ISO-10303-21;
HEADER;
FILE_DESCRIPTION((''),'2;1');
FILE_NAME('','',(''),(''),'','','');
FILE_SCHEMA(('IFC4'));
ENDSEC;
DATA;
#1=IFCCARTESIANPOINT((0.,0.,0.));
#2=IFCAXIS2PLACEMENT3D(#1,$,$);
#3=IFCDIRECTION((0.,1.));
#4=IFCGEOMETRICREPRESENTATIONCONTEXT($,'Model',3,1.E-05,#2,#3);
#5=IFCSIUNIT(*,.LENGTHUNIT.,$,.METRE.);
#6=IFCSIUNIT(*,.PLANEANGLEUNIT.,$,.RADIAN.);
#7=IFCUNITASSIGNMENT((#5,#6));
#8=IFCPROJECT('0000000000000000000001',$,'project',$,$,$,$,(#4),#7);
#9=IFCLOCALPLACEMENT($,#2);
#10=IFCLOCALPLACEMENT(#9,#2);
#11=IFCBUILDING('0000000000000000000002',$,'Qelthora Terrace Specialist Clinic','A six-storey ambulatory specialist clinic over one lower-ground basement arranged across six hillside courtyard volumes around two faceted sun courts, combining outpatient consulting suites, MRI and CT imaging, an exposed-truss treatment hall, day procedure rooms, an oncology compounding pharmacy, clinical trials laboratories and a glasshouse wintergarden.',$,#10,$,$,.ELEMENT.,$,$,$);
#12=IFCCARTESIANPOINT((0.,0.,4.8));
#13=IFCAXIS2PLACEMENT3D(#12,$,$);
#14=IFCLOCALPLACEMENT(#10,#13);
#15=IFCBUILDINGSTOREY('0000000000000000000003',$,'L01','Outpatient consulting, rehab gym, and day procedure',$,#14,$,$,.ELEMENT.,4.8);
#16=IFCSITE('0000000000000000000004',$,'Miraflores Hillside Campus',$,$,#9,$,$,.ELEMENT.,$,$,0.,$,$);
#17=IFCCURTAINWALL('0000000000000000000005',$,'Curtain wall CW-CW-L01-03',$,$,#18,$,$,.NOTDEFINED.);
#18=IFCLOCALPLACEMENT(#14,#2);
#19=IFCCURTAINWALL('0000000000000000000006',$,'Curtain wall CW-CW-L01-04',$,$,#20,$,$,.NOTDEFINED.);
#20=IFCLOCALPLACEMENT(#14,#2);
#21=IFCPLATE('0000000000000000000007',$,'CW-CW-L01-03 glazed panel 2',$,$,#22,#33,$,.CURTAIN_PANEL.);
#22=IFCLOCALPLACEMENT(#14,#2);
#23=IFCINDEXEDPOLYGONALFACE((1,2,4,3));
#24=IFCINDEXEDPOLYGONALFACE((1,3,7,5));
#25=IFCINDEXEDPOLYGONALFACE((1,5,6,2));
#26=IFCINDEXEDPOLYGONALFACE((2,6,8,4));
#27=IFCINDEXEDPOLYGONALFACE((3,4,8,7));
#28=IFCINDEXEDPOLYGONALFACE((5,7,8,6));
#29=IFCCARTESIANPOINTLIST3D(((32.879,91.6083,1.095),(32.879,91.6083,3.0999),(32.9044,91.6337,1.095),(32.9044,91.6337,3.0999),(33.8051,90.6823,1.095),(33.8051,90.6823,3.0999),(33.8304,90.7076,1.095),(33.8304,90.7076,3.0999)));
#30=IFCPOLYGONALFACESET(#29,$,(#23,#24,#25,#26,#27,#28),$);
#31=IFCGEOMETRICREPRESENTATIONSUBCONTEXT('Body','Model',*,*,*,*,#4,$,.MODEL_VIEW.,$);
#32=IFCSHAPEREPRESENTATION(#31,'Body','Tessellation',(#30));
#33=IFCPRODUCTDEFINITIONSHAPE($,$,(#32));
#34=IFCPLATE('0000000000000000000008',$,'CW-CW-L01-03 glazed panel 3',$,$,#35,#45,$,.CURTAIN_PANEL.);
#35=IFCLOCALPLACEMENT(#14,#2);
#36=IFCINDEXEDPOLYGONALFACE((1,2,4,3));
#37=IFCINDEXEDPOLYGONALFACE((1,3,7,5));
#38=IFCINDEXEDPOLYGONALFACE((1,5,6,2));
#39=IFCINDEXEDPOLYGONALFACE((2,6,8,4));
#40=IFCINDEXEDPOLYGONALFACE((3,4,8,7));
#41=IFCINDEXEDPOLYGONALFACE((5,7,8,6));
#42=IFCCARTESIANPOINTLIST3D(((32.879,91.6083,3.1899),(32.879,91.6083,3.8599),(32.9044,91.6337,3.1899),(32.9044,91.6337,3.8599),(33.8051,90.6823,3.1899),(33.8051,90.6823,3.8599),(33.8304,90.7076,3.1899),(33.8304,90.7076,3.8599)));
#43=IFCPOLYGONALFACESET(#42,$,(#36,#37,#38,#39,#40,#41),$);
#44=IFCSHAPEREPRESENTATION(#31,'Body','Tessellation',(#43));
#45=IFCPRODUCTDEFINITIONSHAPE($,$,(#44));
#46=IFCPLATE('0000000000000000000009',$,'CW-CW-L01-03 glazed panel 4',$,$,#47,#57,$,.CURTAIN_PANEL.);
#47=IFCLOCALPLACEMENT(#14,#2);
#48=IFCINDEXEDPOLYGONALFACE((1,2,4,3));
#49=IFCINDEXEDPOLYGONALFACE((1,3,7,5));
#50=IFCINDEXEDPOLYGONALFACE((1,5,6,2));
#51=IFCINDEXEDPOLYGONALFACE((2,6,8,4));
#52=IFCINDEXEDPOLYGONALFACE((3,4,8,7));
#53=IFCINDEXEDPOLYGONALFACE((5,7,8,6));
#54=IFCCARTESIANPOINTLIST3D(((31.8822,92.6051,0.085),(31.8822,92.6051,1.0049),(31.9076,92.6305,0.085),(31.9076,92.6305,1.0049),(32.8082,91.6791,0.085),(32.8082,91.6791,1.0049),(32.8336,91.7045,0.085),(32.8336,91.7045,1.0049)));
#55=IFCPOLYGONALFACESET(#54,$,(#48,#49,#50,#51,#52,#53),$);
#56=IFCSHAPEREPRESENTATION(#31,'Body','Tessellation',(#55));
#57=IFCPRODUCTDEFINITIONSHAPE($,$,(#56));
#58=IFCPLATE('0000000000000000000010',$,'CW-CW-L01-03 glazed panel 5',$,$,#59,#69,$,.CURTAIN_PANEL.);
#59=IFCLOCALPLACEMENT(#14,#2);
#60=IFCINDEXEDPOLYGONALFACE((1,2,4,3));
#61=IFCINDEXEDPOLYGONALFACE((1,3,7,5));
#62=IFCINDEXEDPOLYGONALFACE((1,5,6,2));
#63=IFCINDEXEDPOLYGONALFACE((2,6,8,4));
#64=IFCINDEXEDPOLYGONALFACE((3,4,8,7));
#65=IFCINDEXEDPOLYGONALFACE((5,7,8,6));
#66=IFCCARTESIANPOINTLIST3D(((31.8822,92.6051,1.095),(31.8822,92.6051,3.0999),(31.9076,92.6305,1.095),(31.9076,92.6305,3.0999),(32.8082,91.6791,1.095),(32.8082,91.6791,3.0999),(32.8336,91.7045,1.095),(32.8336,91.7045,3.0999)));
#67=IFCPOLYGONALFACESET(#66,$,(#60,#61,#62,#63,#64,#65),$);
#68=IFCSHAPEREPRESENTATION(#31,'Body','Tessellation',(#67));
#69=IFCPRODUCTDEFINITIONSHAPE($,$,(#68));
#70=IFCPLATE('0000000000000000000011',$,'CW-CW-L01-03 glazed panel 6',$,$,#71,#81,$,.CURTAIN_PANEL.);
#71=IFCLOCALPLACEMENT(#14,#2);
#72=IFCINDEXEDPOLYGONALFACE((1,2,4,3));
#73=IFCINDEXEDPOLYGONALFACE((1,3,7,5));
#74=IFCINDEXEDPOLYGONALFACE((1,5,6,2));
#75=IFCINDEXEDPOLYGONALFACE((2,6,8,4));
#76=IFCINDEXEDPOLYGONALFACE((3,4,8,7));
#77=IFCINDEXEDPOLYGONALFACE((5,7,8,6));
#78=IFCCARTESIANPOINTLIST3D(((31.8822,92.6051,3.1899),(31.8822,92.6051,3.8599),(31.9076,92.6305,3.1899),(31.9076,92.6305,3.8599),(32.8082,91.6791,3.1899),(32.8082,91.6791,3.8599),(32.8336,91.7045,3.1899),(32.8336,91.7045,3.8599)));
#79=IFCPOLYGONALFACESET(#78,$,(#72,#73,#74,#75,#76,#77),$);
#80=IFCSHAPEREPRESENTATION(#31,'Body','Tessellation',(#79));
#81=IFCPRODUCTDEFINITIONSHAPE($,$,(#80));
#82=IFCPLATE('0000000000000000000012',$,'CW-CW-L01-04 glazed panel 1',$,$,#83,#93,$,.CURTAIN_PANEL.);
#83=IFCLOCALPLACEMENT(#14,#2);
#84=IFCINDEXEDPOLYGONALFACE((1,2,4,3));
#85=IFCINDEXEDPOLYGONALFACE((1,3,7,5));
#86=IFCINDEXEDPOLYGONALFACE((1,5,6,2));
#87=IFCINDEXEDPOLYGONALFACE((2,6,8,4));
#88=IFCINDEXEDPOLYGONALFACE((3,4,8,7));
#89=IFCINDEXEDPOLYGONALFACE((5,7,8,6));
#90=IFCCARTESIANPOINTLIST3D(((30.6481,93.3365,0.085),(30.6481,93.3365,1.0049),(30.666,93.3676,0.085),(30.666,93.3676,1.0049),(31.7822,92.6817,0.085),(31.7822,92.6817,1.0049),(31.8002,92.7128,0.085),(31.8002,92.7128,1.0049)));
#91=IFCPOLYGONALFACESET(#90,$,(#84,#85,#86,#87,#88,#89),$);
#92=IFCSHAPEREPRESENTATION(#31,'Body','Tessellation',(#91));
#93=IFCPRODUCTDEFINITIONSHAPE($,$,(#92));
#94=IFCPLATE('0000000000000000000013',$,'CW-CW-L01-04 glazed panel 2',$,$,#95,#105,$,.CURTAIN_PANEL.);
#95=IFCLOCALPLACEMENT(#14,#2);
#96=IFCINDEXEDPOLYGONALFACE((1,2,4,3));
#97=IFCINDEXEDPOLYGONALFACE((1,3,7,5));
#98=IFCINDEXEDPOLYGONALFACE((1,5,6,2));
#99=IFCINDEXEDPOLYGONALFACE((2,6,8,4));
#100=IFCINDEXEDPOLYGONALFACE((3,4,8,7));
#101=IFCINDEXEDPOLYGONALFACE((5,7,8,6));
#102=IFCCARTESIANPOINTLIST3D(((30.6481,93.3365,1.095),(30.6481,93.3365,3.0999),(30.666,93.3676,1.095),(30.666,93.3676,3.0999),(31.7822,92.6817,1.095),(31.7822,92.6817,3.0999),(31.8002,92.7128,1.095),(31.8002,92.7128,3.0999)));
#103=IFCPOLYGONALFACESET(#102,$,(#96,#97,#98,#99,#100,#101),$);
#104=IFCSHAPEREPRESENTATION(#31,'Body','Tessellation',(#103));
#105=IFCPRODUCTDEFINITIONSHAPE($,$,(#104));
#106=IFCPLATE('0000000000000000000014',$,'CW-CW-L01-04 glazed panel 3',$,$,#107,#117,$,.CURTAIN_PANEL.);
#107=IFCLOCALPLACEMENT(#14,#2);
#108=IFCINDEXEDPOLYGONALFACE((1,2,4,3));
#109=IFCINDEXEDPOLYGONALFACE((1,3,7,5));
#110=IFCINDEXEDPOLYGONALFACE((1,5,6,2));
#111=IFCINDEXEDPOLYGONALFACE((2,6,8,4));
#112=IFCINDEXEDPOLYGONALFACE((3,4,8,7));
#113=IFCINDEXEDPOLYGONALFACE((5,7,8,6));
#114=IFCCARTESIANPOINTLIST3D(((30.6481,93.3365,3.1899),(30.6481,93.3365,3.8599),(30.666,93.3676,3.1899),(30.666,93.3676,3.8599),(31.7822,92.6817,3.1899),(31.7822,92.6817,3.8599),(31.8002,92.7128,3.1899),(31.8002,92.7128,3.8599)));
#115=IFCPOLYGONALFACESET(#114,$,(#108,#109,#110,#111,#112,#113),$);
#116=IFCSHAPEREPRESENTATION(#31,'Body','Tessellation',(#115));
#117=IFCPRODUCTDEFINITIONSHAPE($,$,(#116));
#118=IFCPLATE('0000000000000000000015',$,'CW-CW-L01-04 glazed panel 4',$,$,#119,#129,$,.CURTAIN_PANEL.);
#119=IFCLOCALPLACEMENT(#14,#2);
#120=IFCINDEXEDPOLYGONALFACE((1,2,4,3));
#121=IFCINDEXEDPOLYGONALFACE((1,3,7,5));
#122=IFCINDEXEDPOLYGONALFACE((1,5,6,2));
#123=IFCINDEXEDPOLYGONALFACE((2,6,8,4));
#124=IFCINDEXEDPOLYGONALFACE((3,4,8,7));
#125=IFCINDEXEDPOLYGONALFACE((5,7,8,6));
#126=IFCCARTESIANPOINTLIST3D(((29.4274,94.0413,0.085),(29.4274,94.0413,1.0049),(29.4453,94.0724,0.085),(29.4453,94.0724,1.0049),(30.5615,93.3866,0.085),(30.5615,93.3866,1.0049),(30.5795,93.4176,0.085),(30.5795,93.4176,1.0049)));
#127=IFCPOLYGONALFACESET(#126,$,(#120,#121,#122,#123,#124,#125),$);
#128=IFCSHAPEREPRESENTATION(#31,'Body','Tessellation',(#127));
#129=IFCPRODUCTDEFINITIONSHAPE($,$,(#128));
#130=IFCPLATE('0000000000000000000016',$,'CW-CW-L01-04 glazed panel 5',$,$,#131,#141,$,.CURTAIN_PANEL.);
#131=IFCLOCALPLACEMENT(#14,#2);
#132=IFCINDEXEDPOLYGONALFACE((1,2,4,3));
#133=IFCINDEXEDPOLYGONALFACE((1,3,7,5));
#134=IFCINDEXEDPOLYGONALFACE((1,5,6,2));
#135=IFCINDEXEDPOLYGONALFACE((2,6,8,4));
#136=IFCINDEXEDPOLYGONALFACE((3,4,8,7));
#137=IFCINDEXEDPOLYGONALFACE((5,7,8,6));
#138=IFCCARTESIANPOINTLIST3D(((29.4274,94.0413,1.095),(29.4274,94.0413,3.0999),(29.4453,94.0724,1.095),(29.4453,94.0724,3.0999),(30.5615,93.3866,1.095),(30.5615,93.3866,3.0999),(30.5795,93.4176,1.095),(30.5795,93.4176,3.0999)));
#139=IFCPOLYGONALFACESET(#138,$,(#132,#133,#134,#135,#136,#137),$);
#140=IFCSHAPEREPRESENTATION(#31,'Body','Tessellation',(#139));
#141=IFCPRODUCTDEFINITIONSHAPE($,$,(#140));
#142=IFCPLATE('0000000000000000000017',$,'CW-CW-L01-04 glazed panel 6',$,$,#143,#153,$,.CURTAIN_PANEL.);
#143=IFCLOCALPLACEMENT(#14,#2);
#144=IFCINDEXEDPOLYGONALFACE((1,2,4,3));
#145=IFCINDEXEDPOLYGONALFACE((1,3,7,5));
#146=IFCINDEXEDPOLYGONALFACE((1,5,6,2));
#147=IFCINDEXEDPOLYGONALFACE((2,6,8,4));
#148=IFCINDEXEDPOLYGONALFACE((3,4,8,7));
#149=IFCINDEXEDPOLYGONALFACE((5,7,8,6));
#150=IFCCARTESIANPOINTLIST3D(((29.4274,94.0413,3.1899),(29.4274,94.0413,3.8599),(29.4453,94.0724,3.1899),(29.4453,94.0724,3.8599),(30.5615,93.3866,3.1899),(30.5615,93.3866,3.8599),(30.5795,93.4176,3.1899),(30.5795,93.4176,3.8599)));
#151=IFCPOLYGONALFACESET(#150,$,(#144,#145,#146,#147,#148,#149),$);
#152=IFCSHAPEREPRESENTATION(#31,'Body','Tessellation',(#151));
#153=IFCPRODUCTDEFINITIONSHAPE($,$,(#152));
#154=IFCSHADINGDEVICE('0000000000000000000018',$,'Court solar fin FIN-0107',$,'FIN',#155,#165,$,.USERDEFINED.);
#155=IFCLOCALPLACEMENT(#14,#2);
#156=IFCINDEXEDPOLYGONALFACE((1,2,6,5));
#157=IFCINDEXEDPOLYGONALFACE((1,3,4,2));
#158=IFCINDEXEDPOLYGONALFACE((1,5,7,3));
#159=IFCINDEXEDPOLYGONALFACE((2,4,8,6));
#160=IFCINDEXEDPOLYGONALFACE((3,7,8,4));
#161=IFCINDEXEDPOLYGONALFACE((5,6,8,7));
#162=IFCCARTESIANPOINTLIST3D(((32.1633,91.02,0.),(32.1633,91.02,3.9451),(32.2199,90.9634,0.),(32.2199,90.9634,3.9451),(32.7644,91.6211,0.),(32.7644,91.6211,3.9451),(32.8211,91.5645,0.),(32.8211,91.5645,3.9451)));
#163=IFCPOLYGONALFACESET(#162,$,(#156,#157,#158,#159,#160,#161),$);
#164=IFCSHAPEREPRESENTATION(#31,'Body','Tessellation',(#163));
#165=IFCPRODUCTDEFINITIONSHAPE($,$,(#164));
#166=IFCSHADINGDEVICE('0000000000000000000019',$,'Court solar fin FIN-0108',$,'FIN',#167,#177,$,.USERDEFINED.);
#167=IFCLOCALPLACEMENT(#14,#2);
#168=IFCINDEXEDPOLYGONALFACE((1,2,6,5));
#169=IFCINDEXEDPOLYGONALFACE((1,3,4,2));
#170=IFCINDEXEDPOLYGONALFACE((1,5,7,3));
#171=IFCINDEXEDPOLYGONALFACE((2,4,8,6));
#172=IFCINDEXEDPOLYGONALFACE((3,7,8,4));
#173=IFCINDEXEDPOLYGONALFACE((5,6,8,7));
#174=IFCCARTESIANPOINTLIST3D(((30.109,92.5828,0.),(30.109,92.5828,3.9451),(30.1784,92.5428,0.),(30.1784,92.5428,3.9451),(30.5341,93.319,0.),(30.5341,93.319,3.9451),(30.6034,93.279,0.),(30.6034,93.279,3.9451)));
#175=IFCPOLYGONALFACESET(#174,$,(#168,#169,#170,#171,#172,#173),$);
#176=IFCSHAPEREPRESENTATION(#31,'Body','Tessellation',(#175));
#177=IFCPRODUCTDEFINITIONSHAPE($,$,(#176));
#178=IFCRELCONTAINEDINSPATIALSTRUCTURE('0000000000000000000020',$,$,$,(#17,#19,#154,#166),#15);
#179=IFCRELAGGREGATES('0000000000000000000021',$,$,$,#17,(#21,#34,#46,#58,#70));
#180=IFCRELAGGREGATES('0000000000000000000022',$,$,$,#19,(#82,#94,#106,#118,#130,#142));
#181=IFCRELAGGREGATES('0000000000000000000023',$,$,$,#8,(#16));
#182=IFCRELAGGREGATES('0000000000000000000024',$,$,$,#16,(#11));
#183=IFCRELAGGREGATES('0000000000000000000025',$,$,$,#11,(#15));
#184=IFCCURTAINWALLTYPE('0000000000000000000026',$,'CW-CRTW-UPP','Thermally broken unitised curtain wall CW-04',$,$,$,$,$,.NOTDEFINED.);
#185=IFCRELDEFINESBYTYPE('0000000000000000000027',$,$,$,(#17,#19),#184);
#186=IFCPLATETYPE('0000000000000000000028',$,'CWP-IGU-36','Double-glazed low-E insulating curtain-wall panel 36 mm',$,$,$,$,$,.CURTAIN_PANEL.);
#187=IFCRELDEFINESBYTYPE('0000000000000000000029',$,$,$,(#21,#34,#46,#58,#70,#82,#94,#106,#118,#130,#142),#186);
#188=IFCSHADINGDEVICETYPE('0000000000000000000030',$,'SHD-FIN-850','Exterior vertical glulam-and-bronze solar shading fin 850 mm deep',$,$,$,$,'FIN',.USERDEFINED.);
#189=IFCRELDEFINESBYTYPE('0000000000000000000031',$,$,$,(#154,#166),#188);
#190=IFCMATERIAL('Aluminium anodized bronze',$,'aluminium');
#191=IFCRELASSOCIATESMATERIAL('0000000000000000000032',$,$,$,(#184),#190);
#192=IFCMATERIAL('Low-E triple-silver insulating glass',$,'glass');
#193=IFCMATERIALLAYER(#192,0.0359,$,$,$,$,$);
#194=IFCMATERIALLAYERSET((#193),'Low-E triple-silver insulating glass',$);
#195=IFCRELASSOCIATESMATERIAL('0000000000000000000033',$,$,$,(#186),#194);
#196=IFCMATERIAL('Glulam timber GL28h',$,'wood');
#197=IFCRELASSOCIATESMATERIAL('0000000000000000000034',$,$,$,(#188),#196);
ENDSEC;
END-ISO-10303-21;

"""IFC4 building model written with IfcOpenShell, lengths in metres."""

from ifc_helpers import new_model, si_unit, direction, frame, origin, origin_2d, place, context, subcontext, project, spatial, rectangle, extrude, material, layer, layer_set, type_object, element, aggregate, save


model = new_model("IFC4")

# Units and contexts
model_context = context("Model", 3, precision=1e-05, world=origin(), true_north=direction((0.0, 1.0)))
body_context = subcontext(model_context, "Body", "Model", "MODEL_VIEW")
ifc_project = project(units=[si_unit("LENGTHUNIT", "METRE"), si_unit("PLANEANGLEUNIT", "RADIAN")], contexts=[model_context])

# Site, building, storey
site_placement = place(None, origin())
site = spatial("IfcSite", under=ifc_project, at=site_placement, Name="Miraflores Hillside Campus", CompositionType="ELEMENT", RefElevation=0.0)
building_placement = place(site_placement, origin())
building = spatial("IfcBuilding", under=site, at=building_placement, Name="Qelthora Terrace Specialist Clinic", Description="A six-storey ambulatory specialist clinic over one lower-ground basement arranged across six hillside courtyard volumes around two faceted sun courts, combining outpatient consulting suites, MRI and CT imaging, an exposed-truss treatment hall, day procedure rooms, an oncology compounding pharmacy, clinical trials laboratories and a glasshouse wintergarden.", CompositionType="ELEMENT")
storey_placement = place(building_placement, frame((0.0, 0.0, 4.8)))
storey = spatial("IfcBuildingStorey", under=building, at=storey_placement, Name="L01", Description="Outpatient consulting, rehab gym, and day procedure", CompositionType="ELEMENT", Elevation=4.8)

# Curtain walls
ifc_material_1 = material(Name="Aluminium anodized bronze", Category="aluminium")
curtain_wall_type = type_object("IfcCurtainWallType", Name="CW-CRTW-UPP", Description="Thermally broken unitised curtain wall CW-04", PredefinedType="NOTDEFINED", material=ifc_material_1)
curtain_wall_1_placement = place(storey_placement, origin())
curtain_wall_1 = element("IfcCurtainWall", 1, at=curtain_wall_1_placement, inside=storey, type_object=curtain_wall_type, Name="Curtain wall CW-CW-L01-03", PredefinedType="NOTDEFINED")
curtain_wall_2_placement = place(storey_placement, origin())
curtain_wall_2 = element("IfcCurtainWall", 2, at=curtain_wall_2_placement, inside=storey, type_object=curtain_wall_type, Name="Curtain wall CW-CW-L01-04", PredefinedType="NOTDEFINED")

# Plates
ifc_material_2 = material(Name="Low-E triple-silver insulating glass", Category="glass")
ifc_layer = layer(ifc_material_2, 0.0359)
ifc_layer_set = layer_set([ifc_layer], Name="Low-E triple-silver insulating glass")
plate_type = type_object("IfcPlateType", Name="CWP-IGU-36", Description="Double-glazed low-E insulating curtain-wall panel 36 mm", PredefinedType="CURTAIN_PANEL", material=ifc_layer_set)
plate_1_placement = place(storey_placement, frame((33.3547, 91.158, 1.095), z_axis=(0.0, 0.0, 1.0), x_axis=(-0.707107, 0.707107, 0.0)))
plate_1 = element("IfcPlate", 3, at=plate_1_placement, type_object=plate_type, Name="CW-CW-L01-03 glazed panel 2", PredefinedType="CURTAIN_PANEL", context=body_context, shape_type="SweptSolid", body=[
    extrude(rectangle(XDim=1.3096, YDim=0.0359, at=origin_2d()), origin(), (0.0, 0.0, 1.0), 2.0049),
])
plate_2_placement = place(storey_placement, frame((33.3547, 91.158, 3.1899), z_axis=(0.0, 0.0, 1.0), x_axis=(-0.707107, 0.707107, 0.0)))
plate_2 = element("IfcPlate", 4, at=plate_2_placement, type_object=plate_type, Name="CW-CW-L01-03 glazed panel 3", PredefinedType="CURTAIN_PANEL", context=body_context, shape_type="SweptSolid", body=[
    extrude(rectangle(XDim=1.3096, YDim=0.0359, at=origin_2d()), origin(), (0.0, 0.0, 1.0), 0.6699),
])
plate_3_placement = place(storey_placement, frame((32.3579, 92.1548, 0.085), z_axis=(0.0, 0.0, 1.0), x_axis=(-0.707107, 0.707107, 0.0)))
plate_3 = element("IfcPlate", 5, at=plate_3_placement, type_object=plate_type, Name="CW-CW-L01-03 glazed panel 4", PredefinedType="CURTAIN_PANEL", context=body_context, shape_type="SweptSolid", body=[
    extrude(rectangle(XDim=1.3096, YDim=0.0359, at=origin_2d()), origin(), (0.0, 0.0, 1.0), 0.9199),
])
plate_4_placement = place(storey_placement, frame((32.3579, 92.1548, 1.095), z_axis=(0.0, 0.0, 1.0), x_axis=(-0.707107, 0.707107, 0.0)))
plate_4 = element("IfcPlate", 6, at=plate_4_placement, type_object=plate_type, Name="CW-CW-L01-03 glazed panel 5", PredefinedType="CURTAIN_PANEL", context=body_context, shape_type="SweptSolid", body=[
    extrude(rectangle(XDim=1.3096, YDim=0.0359, at=origin_2d()), origin(), (0.0, 0.0, 1.0), 2.0049),
])
plate_5_placement = place(storey_placement, frame((32.3579, 92.1548, 3.1899), z_axis=(0.0, 0.0, 1.0), x_axis=(-0.707107, 0.707107, 0.0)))
plate_5 = element("IfcPlate", 7, at=plate_5_placement, type_object=plate_type, Name="CW-CW-L01-03 glazed panel 6", PredefinedType="CURTAIN_PANEL", context=body_context, shape_type="SweptSolid", body=[
    extrude(rectangle(XDim=1.3096, YDim=0.0359, at=origin_2d()), origin(), (0.0, 0.0, 1.0), 0.6699),
])
aggregate(curtain_wall_1, [plate_1, plate_2, plate_3, plate_4, plate_5])
plate_6_placement = place(storey_placement, frame((31.2241, 93.0247, 0.085), z_axis=(0.0, 0.0, 1.0), x_axis=(-0.866025, 0.5, 0.0)))
plate_6 = element("IfcPlate", 8, at=plate_6_placement, type_object=plate_type, Name="CW-CW-L01-04 glazed panel 1", PredefinedType="CURTAIN_PANEL", context=body_context, shape_type="SweptSolid", body=[
    extrude(rectangle(XDim=1.3096, YDim=0.0359, at=origin_2d()), origin(), (0.0, 0.0, 1.0), 0.9199),
])
plate_7_placement = place(storey_placement, frame((31.2241, 93.0247, 1.095), z_axis=(0.0, 0.0, 1.0), x_axis=(-0.866025, 0.5, 0.0)))
plate_7 = element("IfcPlate", 9, at=plate_7_placement, type_object=plate_type, Name="CW-CW-L01-04 glazed panel 2", PredefinedType="CURTAIN_PANEL", context=body_context, shape_type="SweptSolid", body=[
    extrude(rectangle(XDim=1.3096, YDim=0.0359, at=origin_2d()), origin(), (0.0, 0.0, 1.0), 2.0049),
])
plate_8_placement = place(storey_placement, frame((31.2241, 93.0247, 3.1899), z_axis=(0.0, 0.0, 1.0), x_axis=(-0.866025, 0.5, 0.0)))
plate_8 = element("IfcPlate", 10, at=plate_8_placement, type_object=plate_type, Name="CW-CW-L01-04 glazed panel 3", PredefinedType="CURTAIN_PANEL", context=body_context, shape_type="SweptSolid", body=[
    extrude(rectangle(XDim=1.3096, YDim=0.0359, at=origin_2d()), origin(), (0.0, 0.0, 1.0), 0.6699),
])
plate_9_placement = place(storey_placement, frame((30.0034, 93.7295, 0.085), z_axis=(0.0, 0.0, 1.0), x_axis=(-0.866025, 0.5, 0.0)))
plate_9 = element("IfcPlate", 11, at=plate_9_placement, type_object=plate_type, Name="CW-CW-L01-04 glazed panel 4", PredefinedType="CURTAIN_PANEL", context=body_context, shape_type="SweptSolid", body=[
    extrude(rectangle(XDim=1.3096, YDim=0.0359, at=origin_2d()), origin(), (0.0, 0.0, 1.0), 0.9199),
])
plate_10_placement = place(storey_placement, frame((30.0034, 93.7295, 1.095), z_axis=(0.0, 0.0, 1.0), x_axis=(-0.866025, 0.5, 0.0)))
plate_10 = element("IfcPlate", 12, at=plate_10_placement, type_object=plate_type, Name="CW-CW-L01-04 glazed panel 5", PredefinedType="CURTAIN_PANEL", context=body_context, shape_type="SweptSolid", body=[
    extrude(rectangle(XDim=1.3096, YDim=0.0359, at=origin_2d()), origin(), (0.0, 0.0, 1.0), 2.0049),
])
plate_11_placement = place(storey_placement, frame((30.0034, 93.7295, 3.1899), z_axis=(0.0, 0.0, 1.0), x_axis=(-0.866025, 0.5, 0.0)))
plate_11 = element("IfcPlate", 13, at=plate_11_placement, type_object=plate_type, Name="CW-CW-L01-04 glazed panel 6", PredefinedType="CURTAIN_PANEL", context=body_context, shape_type="SweptSolid", body=[
    extrude(rectangle(XDim=1.3096, YDim=0.0359, at=origin_2d()), origin(), (0.0, 0.0, 1.0), 0.6699),
])
aggregate(curtain_wall_2, [plate_6, plate_7, plate_8, plate_9, plate_10, plate_11])

# Shading devices
ifc_material_3 = material(Name="Glulam timber GL28h", Category="wood")
shading_device_type = type_object("IfcShadingDeviceType", Name="SHD-FIN-850", Description="Exterior vertical glulam-and-bronze solar shading fin 850 mm deep", ElementType="FIN", PredefinedType="USERDEFINED", material=ifc_material_3)
for number, where, z_axis, x_axis, name in (
    (14, (32.4922, 91.2922, 0.0), (0.0, 0.0, 1.0), (-0.707107, -0.707107, 0.0), "Court solar fin FIN-0107"),
    (15, (30.3562, 92.9309, 0.0), (0.0, 0.0, 1.0), (-0.5, -0.866025, 0.0), "Court solar fin FIN-0108"),
):
    element("IfcShadingDevice", number, at=place(storey_placement, frame(where, z_axis=z_axis, x_axis=x_axis)), inside=storey, type_object=shading_device_type, Name=name, ObjectType="FIN", PredefinedType="USERDEFINED", context=body_context, shape_type="SweptSolid", body=[
        extrude(rectangle(XDim=0.8501, YDim=0.0801, at=origin_2d()), origin(), (0.0, 0.0, 1.0), 3.9451),
    ])

save(model, "model.ifc")
